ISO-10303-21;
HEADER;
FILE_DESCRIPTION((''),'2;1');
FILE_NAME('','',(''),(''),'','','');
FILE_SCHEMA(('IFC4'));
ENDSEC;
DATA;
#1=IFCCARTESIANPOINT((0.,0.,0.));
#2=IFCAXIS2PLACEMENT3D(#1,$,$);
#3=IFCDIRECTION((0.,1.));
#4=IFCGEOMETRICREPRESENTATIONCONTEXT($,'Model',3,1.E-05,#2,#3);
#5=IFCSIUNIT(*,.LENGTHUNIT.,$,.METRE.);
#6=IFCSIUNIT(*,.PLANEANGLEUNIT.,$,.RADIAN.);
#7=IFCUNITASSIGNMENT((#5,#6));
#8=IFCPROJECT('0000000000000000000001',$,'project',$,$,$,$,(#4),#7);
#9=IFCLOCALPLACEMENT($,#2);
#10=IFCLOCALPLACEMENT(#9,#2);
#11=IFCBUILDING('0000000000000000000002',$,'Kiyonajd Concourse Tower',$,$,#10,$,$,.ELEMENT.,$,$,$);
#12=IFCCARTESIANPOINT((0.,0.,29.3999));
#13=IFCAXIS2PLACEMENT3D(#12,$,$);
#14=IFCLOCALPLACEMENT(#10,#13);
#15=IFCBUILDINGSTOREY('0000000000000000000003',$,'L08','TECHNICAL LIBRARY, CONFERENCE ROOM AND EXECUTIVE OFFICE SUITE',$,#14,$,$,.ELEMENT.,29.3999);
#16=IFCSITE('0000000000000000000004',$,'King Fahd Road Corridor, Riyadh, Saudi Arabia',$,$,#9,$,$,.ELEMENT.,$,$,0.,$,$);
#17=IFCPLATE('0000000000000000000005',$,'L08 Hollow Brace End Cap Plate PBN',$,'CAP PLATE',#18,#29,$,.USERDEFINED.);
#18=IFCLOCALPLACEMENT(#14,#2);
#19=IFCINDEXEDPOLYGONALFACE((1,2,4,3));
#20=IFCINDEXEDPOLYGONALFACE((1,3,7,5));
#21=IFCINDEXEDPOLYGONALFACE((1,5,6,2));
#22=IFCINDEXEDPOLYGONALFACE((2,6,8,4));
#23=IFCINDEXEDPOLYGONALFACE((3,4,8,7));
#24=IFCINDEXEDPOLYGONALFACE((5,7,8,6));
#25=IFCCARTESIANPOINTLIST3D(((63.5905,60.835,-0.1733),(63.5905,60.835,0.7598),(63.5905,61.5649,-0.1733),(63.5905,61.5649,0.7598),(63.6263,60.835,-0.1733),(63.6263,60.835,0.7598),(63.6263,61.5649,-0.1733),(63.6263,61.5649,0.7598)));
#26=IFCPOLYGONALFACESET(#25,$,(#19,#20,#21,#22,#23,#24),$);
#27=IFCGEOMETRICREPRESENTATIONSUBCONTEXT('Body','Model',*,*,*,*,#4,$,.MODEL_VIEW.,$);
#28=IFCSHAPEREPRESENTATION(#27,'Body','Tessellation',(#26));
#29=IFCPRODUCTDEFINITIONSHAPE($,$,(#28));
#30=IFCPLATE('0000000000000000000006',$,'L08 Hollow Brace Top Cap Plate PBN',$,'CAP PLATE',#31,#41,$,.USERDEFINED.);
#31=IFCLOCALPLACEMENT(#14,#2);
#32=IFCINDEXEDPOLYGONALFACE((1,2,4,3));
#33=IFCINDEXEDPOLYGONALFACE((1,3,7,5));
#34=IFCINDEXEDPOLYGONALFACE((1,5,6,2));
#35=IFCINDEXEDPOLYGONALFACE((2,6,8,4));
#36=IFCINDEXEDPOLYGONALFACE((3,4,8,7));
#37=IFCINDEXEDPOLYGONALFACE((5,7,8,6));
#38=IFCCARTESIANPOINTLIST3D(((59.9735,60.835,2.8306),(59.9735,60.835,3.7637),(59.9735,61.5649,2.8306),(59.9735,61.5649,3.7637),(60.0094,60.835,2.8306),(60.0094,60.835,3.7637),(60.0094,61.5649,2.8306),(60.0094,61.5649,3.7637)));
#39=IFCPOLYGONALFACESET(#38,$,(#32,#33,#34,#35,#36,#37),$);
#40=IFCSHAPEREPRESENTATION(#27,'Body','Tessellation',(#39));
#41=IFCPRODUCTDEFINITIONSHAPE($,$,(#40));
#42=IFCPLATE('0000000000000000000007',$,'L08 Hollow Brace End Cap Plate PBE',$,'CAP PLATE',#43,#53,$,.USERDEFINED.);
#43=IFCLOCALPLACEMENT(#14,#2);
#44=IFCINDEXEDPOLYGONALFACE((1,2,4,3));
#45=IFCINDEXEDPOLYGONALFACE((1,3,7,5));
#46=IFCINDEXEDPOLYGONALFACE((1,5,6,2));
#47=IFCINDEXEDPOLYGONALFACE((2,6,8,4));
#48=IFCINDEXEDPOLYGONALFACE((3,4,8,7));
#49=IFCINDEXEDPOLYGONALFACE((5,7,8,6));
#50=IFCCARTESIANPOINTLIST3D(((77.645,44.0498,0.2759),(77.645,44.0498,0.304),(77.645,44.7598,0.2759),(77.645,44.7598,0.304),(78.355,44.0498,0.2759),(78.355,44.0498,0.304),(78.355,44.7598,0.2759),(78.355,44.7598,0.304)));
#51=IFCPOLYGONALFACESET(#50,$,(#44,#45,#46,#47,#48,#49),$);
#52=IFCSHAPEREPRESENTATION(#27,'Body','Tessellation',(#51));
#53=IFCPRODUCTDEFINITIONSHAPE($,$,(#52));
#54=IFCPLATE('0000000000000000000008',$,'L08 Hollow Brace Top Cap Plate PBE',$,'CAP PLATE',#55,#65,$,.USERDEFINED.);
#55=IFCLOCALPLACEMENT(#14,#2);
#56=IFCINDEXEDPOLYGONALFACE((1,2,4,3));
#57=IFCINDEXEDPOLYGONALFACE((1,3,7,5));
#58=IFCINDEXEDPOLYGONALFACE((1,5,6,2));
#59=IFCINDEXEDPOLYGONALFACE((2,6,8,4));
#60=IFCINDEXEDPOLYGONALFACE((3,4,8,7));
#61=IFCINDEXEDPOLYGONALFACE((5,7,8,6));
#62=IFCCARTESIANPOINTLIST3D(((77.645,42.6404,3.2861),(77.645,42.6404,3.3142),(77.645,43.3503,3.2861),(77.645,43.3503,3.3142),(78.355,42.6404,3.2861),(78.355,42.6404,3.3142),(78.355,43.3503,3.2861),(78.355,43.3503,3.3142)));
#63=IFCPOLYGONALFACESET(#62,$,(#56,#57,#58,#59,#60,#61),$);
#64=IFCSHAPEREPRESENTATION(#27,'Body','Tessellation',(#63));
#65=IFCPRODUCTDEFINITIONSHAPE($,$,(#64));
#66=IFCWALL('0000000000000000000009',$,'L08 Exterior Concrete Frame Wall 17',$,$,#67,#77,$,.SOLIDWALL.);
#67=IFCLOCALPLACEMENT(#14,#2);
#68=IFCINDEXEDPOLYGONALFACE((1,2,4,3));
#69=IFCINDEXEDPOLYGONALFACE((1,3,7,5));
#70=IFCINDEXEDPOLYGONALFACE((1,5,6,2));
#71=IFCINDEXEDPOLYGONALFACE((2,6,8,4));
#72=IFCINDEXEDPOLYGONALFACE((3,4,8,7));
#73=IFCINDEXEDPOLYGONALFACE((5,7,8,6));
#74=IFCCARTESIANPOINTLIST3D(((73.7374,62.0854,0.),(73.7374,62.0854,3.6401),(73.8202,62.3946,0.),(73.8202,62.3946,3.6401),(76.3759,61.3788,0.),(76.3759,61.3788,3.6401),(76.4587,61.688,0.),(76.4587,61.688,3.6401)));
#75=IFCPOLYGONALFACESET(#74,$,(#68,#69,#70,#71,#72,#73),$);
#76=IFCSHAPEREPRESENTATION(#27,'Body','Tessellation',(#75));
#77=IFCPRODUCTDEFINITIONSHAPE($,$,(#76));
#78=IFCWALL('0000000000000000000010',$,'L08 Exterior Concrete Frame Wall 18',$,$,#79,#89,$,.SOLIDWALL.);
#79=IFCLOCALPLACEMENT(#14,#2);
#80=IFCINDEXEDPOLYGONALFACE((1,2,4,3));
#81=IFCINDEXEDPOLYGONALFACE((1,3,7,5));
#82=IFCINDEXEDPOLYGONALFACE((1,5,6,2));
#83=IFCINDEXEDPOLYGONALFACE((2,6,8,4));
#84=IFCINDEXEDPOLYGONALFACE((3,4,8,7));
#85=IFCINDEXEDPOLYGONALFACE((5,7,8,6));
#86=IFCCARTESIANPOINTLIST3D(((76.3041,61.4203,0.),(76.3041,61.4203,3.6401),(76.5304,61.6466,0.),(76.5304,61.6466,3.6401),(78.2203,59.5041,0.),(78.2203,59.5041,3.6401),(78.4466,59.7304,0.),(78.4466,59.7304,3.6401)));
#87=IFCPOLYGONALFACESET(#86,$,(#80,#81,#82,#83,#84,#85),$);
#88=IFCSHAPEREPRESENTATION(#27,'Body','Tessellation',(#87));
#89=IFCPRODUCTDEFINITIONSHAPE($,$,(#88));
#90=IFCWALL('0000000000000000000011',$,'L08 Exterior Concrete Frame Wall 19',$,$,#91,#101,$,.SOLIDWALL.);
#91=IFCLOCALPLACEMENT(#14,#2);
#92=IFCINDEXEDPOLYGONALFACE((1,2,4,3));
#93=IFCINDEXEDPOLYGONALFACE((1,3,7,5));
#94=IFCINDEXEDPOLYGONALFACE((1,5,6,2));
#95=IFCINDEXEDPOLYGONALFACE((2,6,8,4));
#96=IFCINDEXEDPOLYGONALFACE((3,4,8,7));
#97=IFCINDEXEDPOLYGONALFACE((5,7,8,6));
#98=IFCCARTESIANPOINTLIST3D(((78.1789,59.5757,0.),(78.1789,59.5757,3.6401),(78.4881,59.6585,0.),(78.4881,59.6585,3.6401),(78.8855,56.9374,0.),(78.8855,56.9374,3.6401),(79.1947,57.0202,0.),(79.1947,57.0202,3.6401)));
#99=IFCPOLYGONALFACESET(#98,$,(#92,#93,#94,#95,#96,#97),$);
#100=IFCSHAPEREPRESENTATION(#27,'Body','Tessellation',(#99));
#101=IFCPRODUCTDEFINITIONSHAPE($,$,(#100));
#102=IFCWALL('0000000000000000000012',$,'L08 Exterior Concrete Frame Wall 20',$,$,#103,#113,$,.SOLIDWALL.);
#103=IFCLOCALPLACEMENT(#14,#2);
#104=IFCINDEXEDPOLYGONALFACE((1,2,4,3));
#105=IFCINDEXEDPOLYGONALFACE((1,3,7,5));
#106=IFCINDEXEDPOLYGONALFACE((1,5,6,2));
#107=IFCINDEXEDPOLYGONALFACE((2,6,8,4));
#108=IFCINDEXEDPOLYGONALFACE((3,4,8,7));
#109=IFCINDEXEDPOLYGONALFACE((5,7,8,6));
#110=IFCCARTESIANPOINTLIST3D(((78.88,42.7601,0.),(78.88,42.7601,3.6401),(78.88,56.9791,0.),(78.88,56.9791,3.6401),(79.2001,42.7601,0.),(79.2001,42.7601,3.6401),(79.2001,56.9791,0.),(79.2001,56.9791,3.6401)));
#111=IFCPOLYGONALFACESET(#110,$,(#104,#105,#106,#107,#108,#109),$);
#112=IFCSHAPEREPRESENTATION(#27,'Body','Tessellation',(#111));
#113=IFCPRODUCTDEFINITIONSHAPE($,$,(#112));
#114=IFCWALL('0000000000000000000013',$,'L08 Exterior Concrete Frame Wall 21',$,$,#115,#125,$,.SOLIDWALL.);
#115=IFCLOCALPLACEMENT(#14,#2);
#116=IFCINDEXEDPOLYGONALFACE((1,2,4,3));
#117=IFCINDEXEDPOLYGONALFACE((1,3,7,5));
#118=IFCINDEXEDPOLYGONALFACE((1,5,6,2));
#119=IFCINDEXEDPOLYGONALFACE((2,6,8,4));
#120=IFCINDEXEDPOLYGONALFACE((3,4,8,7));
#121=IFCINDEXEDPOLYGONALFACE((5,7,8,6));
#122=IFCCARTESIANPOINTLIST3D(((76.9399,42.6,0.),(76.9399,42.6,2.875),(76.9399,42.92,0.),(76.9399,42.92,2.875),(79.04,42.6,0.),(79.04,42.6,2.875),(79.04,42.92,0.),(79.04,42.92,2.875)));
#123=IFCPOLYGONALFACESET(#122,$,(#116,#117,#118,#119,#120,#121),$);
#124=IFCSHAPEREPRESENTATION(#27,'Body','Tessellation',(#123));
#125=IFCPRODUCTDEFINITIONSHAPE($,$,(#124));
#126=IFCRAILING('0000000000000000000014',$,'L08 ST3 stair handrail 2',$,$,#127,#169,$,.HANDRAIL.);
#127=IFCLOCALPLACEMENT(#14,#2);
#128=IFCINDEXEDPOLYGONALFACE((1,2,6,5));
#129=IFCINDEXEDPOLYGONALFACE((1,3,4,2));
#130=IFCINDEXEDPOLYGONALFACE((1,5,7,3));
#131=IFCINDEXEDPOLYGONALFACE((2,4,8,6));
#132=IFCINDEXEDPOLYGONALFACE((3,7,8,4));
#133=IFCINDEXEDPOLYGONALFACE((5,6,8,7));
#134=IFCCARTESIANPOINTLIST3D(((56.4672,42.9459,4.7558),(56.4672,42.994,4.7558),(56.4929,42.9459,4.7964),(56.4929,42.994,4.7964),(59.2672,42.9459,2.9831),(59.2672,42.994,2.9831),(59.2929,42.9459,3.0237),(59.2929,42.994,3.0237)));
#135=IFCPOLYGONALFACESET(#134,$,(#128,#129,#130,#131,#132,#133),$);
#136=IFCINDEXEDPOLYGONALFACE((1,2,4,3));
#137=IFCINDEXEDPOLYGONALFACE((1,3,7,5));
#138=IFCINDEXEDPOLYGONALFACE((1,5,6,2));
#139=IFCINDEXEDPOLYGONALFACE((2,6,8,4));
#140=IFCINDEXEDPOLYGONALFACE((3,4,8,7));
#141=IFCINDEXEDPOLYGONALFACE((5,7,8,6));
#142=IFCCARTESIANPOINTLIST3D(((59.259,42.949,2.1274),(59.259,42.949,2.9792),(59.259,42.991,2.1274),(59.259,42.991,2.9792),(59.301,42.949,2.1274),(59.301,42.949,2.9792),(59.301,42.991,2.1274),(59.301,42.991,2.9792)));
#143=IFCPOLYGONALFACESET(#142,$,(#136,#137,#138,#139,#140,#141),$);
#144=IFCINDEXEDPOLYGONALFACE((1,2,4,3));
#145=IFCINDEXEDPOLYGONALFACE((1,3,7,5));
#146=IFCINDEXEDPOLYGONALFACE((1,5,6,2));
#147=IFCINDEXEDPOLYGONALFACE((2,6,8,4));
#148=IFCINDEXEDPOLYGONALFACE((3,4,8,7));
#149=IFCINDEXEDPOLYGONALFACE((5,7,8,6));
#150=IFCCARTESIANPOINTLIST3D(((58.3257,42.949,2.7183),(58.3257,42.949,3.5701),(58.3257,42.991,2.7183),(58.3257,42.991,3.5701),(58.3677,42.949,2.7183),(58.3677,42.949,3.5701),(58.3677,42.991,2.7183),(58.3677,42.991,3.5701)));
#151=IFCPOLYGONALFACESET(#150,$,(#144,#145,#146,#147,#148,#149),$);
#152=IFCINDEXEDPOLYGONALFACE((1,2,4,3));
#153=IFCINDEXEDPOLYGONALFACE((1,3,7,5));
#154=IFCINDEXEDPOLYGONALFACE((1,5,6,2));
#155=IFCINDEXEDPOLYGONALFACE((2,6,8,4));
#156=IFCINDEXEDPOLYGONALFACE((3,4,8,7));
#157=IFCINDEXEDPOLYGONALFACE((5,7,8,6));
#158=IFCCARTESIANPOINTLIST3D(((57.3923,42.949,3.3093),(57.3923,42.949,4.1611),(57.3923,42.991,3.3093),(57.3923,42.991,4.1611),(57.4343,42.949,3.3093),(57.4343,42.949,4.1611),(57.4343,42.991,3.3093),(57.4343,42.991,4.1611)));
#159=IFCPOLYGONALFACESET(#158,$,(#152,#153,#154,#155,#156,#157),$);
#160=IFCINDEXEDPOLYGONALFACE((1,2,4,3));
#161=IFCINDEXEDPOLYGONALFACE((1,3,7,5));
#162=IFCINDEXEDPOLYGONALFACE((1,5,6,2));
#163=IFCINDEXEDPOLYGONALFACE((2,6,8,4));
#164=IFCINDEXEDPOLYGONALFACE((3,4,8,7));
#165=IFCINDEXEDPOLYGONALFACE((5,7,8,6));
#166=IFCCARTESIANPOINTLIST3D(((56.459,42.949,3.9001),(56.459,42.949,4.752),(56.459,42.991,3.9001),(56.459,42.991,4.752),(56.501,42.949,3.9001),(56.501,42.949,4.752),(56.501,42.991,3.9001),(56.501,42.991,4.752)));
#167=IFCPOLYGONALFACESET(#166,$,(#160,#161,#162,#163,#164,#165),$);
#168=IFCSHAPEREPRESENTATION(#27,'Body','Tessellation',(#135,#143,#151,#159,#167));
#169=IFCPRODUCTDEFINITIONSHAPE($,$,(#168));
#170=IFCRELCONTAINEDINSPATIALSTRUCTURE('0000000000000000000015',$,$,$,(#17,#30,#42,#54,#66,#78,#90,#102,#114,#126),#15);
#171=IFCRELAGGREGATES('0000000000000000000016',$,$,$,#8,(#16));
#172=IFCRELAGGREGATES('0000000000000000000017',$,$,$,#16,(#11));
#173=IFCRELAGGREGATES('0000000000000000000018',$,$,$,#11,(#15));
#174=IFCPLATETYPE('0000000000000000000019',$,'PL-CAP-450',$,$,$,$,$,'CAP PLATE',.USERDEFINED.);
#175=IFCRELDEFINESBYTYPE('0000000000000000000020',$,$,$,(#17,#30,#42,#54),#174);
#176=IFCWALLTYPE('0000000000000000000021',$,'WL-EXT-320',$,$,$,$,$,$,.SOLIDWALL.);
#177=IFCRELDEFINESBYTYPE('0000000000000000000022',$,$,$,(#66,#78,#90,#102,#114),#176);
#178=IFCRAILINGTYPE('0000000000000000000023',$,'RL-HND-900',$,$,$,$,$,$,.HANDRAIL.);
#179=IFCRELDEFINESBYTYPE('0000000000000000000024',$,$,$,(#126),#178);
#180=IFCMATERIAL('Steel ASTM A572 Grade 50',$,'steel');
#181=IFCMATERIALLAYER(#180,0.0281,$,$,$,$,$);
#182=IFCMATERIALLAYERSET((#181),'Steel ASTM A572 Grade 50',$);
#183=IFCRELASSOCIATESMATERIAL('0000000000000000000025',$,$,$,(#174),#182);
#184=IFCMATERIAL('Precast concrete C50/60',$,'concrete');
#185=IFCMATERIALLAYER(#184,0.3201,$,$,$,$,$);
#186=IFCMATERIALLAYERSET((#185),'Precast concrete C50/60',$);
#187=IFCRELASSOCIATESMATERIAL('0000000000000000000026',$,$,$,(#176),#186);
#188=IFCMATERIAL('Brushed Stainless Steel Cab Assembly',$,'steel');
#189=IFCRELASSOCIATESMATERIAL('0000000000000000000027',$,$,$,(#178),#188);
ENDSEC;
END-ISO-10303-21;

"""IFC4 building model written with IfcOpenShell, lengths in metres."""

from ifc_helpers import new_model, si_unit, direction, frame, frame_2d, origin, origin_2d, place, context, subcontext, project, spatial, rectangle, extrude, material, layer, layer_set, type_object, element, save


model = new_model("IFC4")

# Units and contexts
model_context = context("Model", 3, precision=1e-05, world=origin(), true_north=direction((0.0, 1.0)))
body_context = subcontext(model_context, "Body", "Model", "MODEL_VIEW")
ifc_project = project(units=[si_unit("LENGTHUNIT", "METRE"), si_unit("PLANEANGLEUNIT", "RADIAN")], contexts=[model_context])

# Site, building, storey
site_placement = place(None, origin())
site = spatial("IfcSite", under=ifc_project, at=site_placement, Name="King Fahd Road Corridor, Riyadh, Saudi Arabia", CompositionType="ELEMENT", RefElevation=0.0)
building_placement = place(site_placement, origin())
building = spatial("IfcBuilding", under=site, at=building_placement, Name="Kiyonajd Concourse Tower", CompositionType="ELEMENT")
storey_placement = place(building_placement, frame((0.0, 0.0, 29.3999)))
storey = spatial("IfcBuildingStorey", under=building, at=storey_placement, Name="L08", Description="TECHNICAL LIBRARY, CONFERENCE ROOM AND EXECUTIVE OFFICE SUITE", CompositionType="ELEMENT", Elevation=29.3999)

# Shared definitions
ifc_material_1 = material(Name="Precast concrete C50/60", Category="concrete")

# Shared definitions
ifc_material_2 = material(Name="Steel ASTM A572 Grade 50", Category="steel")

# Plates
ifc_layer_1 = layer(ifc_material_2, 0.0281)
ifc_layer_set_1 = layer_set([ifc_layer_1], Name="Steel ASTM A572 Grade 50")
plate_type = type_object("IfcPlateType", Name="PL-CAP-450", ElementType="CAP PLATE", PredefinedType="USERDEFINED", material=ifc_layer_set_1)
for number, where, z_axis, x_axis, name in (
    (1, (63.6084, 61.2, -0.1733), (0.0, 0.0, 1.0), (1.0, 0.0, 0.0), "L08 Hollow Brace End Cap Plate PBN"),
    (2, (59.9915, 61.2, 2.8306), (0.0, 0.0, 1.0), (-1.0, 0.0, 0.0), "L08 Hollow Brace Top Cap Plate PBN"),
):
    element("IfcPlate", number, at=place(storey_placement, frame(where, z_axis=z_axis, x_axis=x_axis)), inside=storey, type_object=plate_type, Name=name, ObjectType="CAP PLATE", PredefinedType="USERDEFINED", context=body_context, shape_type="SweptSolid", body=[
        extrude(rectangle(XDim=0.0359, YDim=0.73, at=origin_2d()), origin(), (0.0, 0.0, 1.0), 0.9331),
    ])
for number, where, z_axis, x_axis, name in (
    (3, (78.0, 44.4048, 0.2759), (0.0, 0.0, 1.0), (1.0, 0.0, 0.0), "L08 Hollow Brace End Cap Plate PBE"),
    (4, (78.0, 42.9954, 3.2861), (0.0, 0.0, 1.0), (1.0, 0.0, 0.0), "L08 Hollow Brace Top Cap Plate PBE"),
):
    element("IfcPlate", number, at=place(storey_placement, frame(where, z_axis=z_axis, x_axis=x_axis)), inside=storey, type_object=plate_type, Name=name, ObjectType="CAP PLATE", PredefinedType="USERDEFINED", context=body_context, shape_type="SweptSolid", body=[
        extrude(rectangle(XDim=0.71, YDim=0.71, at=origin_2d()), origin(), (0.0, 0.0, 1.0), 0.0281),
    ])

# Walls
ifc_layer_2 = layer(ifc_material_1, 0.3201)
ifc_layer_set_2 = layer_set([ifc_layer_2], Name="Precast concrete C50/60")
wall_type = type_object("IfcWallType", Name="WL-EXT-320", PredefinedType="SOLIDWALL", material=ifc_layer_set_2)
wall_1_placement = place(storey_placement, frame((73.7788, 62.24, 0.0), z_axis=(0.0, 0.0, 1.0), x_axis=(0.965964, -0.258675, 0.0)))
element("IfcWall", 5, at=wall_1_placement, inside=storey, type_object=wall_type, Name="L08 Exterior Concrete Frame Wall 17", PredefinedType="SOLIDWALL", context=body_context, shape_type="SweptSolid", body=[
    extrude(rectangle(XDim=2.7314, YDim=0.3201, at=frame_2d((1.3657, 0.0))), origin(), (0.0, 0.0, 1.0), 3.6401),
])
wall_2_placement = place(storey_placement, frame((76.4172, 61.5334, 0.0), z_axis=(0.0, 0.0, 1.0), x_axis=(0.707107, -0.707107, 0.0)))
element("IfcWall", 6, at=wall_2_placement, inside=storey, type_object=wall_type, Name="L08 Exterior Concrete Frame Wall 18", PredefinedType="SOLIDWALL", context=body_context, shape_type="SweptSolid", body=[
    extrude(rectangle(XDim=2.71, YDim=0.3201, at=frame_2d((1.355, 0.0))), origin(), (0.0, 0.0, 1.0), 3.6401),
])
wall_3_placement = place(storey_placement, frame((78.3335, 59.6172, 0.0), z_axis=(0.0, 0.0, 1.0), x_axis=(0.258697, -0.965958, 0.0)))
element("IfcWall", 7, at=wall_3_placement, inside=storey, type_object=wall_type, Name="L08 Exterior Concrete Frame Wall 19", PredefinedType="SOLIDWALL", context=body_context, shape_type="SweptSolid", body=[
    extrude(rectangle(XDim=2.7312, YDim=0.3201, at=frame_2d((1.3657, 0.0))), origin(), (0.0, 0.0, 1.0), 3.6401),
])
wall_4_placement = place(storey_placement, frame((79.04, 56.979, 0.0), z_axis=(0.0, 0.0, 1.0), x_axis=(0.0, -1.0, 0.0)))
element("IfcWall", 8, at=wall_4_placement, inside=storey, type_object=wall_type, Name="L08 Exterior Concrete Frame Wall 20", PredefinedType="SOLIDWALL", context=body_context, shape_type="SweptSolid", body=[
    extrude(rectangle(XDim=14.219, YDim=0.3201, at=frame_2d((7.1094, 0.0))), origin(), (0.0, 0.0, 1.0), 3.6401),
])
wall_5_placement = place(storey_placement, frame((79.04, 42.76, 0.0), z_axis=(0.0, 0.0, 1.0), x_axis=(-1.0, 0.0, 0.0)))
element("IfcWall", 9, at=wall_5_placement, inside=storey, type_object=wall_type, Name="L08 Exterior Concrete Frame Wall 21", PredefinedType="SOLIDWALL", context=body_context, shape_type="SweptSolid", body=[
    extrude(rectangle(XDim=2.1001, YDim=0.3201, at=frame_2d((1.05, 0.0))), origin(), (0.0, 0.0, 1.0), 2.875),
])

# Railing
ifc_material_3 = material(Name="Brushed Stainless Steel Cab Assembly", Category="steel")
railing_type = type_object("IfcRailingType", Name="RL-HND-900", PredefinedType="HANDRAIL", material=ifc_material_3)
railing_placement = place(storey_placement, frame((59.28, 42.97, 2.1274)))
element("IfcRailing", 10, at=railing_placement, inside=storey, type_object=railing_type, Name="L08 ST3 stair handrail 2", PredefinedType="HANDRAIL", context=body_context, shape_type="SweptSolid", body=[
    extrude(rectangle(XDim=0.0481, YDim=0.0481, at=origin_2d()), frame((0.0, 0.0, 0.876), z_axis=(-0.844909, 0.0, 0.53491), x_axis=(0.0, -1.0, 0.0)), (0.0, 0.0, 1.0), 3.314),
    extrude(rectangle(XDim=0.042, YDim=0.042, at=origin_2d()), origin(), (0.0, 0.0, 1.0), 0.8518),
    extrude(rectangle(XDim=0.042, YDim=0.042, at=origin_2d()), frame((-0.9333, 0.0, 0.5908)), (0.0, 0.0, 1.0), 0.8518),
    extrude(rectangle(XDim=0.042, YDim=0.042, at=origin_2d()), frame((-1.8667, 0.0, 1.1819)), (0.0, 0.0, 1.0), 0.8518),
    extrude(rectangle(XDim=0.042, YDim=0.042, at=origin_2d()), frame((-2.8, 0.0, 1.7727)), (0.0, 0.0, 1.0), 0.8518),
])

save(model, "model.ifc")
